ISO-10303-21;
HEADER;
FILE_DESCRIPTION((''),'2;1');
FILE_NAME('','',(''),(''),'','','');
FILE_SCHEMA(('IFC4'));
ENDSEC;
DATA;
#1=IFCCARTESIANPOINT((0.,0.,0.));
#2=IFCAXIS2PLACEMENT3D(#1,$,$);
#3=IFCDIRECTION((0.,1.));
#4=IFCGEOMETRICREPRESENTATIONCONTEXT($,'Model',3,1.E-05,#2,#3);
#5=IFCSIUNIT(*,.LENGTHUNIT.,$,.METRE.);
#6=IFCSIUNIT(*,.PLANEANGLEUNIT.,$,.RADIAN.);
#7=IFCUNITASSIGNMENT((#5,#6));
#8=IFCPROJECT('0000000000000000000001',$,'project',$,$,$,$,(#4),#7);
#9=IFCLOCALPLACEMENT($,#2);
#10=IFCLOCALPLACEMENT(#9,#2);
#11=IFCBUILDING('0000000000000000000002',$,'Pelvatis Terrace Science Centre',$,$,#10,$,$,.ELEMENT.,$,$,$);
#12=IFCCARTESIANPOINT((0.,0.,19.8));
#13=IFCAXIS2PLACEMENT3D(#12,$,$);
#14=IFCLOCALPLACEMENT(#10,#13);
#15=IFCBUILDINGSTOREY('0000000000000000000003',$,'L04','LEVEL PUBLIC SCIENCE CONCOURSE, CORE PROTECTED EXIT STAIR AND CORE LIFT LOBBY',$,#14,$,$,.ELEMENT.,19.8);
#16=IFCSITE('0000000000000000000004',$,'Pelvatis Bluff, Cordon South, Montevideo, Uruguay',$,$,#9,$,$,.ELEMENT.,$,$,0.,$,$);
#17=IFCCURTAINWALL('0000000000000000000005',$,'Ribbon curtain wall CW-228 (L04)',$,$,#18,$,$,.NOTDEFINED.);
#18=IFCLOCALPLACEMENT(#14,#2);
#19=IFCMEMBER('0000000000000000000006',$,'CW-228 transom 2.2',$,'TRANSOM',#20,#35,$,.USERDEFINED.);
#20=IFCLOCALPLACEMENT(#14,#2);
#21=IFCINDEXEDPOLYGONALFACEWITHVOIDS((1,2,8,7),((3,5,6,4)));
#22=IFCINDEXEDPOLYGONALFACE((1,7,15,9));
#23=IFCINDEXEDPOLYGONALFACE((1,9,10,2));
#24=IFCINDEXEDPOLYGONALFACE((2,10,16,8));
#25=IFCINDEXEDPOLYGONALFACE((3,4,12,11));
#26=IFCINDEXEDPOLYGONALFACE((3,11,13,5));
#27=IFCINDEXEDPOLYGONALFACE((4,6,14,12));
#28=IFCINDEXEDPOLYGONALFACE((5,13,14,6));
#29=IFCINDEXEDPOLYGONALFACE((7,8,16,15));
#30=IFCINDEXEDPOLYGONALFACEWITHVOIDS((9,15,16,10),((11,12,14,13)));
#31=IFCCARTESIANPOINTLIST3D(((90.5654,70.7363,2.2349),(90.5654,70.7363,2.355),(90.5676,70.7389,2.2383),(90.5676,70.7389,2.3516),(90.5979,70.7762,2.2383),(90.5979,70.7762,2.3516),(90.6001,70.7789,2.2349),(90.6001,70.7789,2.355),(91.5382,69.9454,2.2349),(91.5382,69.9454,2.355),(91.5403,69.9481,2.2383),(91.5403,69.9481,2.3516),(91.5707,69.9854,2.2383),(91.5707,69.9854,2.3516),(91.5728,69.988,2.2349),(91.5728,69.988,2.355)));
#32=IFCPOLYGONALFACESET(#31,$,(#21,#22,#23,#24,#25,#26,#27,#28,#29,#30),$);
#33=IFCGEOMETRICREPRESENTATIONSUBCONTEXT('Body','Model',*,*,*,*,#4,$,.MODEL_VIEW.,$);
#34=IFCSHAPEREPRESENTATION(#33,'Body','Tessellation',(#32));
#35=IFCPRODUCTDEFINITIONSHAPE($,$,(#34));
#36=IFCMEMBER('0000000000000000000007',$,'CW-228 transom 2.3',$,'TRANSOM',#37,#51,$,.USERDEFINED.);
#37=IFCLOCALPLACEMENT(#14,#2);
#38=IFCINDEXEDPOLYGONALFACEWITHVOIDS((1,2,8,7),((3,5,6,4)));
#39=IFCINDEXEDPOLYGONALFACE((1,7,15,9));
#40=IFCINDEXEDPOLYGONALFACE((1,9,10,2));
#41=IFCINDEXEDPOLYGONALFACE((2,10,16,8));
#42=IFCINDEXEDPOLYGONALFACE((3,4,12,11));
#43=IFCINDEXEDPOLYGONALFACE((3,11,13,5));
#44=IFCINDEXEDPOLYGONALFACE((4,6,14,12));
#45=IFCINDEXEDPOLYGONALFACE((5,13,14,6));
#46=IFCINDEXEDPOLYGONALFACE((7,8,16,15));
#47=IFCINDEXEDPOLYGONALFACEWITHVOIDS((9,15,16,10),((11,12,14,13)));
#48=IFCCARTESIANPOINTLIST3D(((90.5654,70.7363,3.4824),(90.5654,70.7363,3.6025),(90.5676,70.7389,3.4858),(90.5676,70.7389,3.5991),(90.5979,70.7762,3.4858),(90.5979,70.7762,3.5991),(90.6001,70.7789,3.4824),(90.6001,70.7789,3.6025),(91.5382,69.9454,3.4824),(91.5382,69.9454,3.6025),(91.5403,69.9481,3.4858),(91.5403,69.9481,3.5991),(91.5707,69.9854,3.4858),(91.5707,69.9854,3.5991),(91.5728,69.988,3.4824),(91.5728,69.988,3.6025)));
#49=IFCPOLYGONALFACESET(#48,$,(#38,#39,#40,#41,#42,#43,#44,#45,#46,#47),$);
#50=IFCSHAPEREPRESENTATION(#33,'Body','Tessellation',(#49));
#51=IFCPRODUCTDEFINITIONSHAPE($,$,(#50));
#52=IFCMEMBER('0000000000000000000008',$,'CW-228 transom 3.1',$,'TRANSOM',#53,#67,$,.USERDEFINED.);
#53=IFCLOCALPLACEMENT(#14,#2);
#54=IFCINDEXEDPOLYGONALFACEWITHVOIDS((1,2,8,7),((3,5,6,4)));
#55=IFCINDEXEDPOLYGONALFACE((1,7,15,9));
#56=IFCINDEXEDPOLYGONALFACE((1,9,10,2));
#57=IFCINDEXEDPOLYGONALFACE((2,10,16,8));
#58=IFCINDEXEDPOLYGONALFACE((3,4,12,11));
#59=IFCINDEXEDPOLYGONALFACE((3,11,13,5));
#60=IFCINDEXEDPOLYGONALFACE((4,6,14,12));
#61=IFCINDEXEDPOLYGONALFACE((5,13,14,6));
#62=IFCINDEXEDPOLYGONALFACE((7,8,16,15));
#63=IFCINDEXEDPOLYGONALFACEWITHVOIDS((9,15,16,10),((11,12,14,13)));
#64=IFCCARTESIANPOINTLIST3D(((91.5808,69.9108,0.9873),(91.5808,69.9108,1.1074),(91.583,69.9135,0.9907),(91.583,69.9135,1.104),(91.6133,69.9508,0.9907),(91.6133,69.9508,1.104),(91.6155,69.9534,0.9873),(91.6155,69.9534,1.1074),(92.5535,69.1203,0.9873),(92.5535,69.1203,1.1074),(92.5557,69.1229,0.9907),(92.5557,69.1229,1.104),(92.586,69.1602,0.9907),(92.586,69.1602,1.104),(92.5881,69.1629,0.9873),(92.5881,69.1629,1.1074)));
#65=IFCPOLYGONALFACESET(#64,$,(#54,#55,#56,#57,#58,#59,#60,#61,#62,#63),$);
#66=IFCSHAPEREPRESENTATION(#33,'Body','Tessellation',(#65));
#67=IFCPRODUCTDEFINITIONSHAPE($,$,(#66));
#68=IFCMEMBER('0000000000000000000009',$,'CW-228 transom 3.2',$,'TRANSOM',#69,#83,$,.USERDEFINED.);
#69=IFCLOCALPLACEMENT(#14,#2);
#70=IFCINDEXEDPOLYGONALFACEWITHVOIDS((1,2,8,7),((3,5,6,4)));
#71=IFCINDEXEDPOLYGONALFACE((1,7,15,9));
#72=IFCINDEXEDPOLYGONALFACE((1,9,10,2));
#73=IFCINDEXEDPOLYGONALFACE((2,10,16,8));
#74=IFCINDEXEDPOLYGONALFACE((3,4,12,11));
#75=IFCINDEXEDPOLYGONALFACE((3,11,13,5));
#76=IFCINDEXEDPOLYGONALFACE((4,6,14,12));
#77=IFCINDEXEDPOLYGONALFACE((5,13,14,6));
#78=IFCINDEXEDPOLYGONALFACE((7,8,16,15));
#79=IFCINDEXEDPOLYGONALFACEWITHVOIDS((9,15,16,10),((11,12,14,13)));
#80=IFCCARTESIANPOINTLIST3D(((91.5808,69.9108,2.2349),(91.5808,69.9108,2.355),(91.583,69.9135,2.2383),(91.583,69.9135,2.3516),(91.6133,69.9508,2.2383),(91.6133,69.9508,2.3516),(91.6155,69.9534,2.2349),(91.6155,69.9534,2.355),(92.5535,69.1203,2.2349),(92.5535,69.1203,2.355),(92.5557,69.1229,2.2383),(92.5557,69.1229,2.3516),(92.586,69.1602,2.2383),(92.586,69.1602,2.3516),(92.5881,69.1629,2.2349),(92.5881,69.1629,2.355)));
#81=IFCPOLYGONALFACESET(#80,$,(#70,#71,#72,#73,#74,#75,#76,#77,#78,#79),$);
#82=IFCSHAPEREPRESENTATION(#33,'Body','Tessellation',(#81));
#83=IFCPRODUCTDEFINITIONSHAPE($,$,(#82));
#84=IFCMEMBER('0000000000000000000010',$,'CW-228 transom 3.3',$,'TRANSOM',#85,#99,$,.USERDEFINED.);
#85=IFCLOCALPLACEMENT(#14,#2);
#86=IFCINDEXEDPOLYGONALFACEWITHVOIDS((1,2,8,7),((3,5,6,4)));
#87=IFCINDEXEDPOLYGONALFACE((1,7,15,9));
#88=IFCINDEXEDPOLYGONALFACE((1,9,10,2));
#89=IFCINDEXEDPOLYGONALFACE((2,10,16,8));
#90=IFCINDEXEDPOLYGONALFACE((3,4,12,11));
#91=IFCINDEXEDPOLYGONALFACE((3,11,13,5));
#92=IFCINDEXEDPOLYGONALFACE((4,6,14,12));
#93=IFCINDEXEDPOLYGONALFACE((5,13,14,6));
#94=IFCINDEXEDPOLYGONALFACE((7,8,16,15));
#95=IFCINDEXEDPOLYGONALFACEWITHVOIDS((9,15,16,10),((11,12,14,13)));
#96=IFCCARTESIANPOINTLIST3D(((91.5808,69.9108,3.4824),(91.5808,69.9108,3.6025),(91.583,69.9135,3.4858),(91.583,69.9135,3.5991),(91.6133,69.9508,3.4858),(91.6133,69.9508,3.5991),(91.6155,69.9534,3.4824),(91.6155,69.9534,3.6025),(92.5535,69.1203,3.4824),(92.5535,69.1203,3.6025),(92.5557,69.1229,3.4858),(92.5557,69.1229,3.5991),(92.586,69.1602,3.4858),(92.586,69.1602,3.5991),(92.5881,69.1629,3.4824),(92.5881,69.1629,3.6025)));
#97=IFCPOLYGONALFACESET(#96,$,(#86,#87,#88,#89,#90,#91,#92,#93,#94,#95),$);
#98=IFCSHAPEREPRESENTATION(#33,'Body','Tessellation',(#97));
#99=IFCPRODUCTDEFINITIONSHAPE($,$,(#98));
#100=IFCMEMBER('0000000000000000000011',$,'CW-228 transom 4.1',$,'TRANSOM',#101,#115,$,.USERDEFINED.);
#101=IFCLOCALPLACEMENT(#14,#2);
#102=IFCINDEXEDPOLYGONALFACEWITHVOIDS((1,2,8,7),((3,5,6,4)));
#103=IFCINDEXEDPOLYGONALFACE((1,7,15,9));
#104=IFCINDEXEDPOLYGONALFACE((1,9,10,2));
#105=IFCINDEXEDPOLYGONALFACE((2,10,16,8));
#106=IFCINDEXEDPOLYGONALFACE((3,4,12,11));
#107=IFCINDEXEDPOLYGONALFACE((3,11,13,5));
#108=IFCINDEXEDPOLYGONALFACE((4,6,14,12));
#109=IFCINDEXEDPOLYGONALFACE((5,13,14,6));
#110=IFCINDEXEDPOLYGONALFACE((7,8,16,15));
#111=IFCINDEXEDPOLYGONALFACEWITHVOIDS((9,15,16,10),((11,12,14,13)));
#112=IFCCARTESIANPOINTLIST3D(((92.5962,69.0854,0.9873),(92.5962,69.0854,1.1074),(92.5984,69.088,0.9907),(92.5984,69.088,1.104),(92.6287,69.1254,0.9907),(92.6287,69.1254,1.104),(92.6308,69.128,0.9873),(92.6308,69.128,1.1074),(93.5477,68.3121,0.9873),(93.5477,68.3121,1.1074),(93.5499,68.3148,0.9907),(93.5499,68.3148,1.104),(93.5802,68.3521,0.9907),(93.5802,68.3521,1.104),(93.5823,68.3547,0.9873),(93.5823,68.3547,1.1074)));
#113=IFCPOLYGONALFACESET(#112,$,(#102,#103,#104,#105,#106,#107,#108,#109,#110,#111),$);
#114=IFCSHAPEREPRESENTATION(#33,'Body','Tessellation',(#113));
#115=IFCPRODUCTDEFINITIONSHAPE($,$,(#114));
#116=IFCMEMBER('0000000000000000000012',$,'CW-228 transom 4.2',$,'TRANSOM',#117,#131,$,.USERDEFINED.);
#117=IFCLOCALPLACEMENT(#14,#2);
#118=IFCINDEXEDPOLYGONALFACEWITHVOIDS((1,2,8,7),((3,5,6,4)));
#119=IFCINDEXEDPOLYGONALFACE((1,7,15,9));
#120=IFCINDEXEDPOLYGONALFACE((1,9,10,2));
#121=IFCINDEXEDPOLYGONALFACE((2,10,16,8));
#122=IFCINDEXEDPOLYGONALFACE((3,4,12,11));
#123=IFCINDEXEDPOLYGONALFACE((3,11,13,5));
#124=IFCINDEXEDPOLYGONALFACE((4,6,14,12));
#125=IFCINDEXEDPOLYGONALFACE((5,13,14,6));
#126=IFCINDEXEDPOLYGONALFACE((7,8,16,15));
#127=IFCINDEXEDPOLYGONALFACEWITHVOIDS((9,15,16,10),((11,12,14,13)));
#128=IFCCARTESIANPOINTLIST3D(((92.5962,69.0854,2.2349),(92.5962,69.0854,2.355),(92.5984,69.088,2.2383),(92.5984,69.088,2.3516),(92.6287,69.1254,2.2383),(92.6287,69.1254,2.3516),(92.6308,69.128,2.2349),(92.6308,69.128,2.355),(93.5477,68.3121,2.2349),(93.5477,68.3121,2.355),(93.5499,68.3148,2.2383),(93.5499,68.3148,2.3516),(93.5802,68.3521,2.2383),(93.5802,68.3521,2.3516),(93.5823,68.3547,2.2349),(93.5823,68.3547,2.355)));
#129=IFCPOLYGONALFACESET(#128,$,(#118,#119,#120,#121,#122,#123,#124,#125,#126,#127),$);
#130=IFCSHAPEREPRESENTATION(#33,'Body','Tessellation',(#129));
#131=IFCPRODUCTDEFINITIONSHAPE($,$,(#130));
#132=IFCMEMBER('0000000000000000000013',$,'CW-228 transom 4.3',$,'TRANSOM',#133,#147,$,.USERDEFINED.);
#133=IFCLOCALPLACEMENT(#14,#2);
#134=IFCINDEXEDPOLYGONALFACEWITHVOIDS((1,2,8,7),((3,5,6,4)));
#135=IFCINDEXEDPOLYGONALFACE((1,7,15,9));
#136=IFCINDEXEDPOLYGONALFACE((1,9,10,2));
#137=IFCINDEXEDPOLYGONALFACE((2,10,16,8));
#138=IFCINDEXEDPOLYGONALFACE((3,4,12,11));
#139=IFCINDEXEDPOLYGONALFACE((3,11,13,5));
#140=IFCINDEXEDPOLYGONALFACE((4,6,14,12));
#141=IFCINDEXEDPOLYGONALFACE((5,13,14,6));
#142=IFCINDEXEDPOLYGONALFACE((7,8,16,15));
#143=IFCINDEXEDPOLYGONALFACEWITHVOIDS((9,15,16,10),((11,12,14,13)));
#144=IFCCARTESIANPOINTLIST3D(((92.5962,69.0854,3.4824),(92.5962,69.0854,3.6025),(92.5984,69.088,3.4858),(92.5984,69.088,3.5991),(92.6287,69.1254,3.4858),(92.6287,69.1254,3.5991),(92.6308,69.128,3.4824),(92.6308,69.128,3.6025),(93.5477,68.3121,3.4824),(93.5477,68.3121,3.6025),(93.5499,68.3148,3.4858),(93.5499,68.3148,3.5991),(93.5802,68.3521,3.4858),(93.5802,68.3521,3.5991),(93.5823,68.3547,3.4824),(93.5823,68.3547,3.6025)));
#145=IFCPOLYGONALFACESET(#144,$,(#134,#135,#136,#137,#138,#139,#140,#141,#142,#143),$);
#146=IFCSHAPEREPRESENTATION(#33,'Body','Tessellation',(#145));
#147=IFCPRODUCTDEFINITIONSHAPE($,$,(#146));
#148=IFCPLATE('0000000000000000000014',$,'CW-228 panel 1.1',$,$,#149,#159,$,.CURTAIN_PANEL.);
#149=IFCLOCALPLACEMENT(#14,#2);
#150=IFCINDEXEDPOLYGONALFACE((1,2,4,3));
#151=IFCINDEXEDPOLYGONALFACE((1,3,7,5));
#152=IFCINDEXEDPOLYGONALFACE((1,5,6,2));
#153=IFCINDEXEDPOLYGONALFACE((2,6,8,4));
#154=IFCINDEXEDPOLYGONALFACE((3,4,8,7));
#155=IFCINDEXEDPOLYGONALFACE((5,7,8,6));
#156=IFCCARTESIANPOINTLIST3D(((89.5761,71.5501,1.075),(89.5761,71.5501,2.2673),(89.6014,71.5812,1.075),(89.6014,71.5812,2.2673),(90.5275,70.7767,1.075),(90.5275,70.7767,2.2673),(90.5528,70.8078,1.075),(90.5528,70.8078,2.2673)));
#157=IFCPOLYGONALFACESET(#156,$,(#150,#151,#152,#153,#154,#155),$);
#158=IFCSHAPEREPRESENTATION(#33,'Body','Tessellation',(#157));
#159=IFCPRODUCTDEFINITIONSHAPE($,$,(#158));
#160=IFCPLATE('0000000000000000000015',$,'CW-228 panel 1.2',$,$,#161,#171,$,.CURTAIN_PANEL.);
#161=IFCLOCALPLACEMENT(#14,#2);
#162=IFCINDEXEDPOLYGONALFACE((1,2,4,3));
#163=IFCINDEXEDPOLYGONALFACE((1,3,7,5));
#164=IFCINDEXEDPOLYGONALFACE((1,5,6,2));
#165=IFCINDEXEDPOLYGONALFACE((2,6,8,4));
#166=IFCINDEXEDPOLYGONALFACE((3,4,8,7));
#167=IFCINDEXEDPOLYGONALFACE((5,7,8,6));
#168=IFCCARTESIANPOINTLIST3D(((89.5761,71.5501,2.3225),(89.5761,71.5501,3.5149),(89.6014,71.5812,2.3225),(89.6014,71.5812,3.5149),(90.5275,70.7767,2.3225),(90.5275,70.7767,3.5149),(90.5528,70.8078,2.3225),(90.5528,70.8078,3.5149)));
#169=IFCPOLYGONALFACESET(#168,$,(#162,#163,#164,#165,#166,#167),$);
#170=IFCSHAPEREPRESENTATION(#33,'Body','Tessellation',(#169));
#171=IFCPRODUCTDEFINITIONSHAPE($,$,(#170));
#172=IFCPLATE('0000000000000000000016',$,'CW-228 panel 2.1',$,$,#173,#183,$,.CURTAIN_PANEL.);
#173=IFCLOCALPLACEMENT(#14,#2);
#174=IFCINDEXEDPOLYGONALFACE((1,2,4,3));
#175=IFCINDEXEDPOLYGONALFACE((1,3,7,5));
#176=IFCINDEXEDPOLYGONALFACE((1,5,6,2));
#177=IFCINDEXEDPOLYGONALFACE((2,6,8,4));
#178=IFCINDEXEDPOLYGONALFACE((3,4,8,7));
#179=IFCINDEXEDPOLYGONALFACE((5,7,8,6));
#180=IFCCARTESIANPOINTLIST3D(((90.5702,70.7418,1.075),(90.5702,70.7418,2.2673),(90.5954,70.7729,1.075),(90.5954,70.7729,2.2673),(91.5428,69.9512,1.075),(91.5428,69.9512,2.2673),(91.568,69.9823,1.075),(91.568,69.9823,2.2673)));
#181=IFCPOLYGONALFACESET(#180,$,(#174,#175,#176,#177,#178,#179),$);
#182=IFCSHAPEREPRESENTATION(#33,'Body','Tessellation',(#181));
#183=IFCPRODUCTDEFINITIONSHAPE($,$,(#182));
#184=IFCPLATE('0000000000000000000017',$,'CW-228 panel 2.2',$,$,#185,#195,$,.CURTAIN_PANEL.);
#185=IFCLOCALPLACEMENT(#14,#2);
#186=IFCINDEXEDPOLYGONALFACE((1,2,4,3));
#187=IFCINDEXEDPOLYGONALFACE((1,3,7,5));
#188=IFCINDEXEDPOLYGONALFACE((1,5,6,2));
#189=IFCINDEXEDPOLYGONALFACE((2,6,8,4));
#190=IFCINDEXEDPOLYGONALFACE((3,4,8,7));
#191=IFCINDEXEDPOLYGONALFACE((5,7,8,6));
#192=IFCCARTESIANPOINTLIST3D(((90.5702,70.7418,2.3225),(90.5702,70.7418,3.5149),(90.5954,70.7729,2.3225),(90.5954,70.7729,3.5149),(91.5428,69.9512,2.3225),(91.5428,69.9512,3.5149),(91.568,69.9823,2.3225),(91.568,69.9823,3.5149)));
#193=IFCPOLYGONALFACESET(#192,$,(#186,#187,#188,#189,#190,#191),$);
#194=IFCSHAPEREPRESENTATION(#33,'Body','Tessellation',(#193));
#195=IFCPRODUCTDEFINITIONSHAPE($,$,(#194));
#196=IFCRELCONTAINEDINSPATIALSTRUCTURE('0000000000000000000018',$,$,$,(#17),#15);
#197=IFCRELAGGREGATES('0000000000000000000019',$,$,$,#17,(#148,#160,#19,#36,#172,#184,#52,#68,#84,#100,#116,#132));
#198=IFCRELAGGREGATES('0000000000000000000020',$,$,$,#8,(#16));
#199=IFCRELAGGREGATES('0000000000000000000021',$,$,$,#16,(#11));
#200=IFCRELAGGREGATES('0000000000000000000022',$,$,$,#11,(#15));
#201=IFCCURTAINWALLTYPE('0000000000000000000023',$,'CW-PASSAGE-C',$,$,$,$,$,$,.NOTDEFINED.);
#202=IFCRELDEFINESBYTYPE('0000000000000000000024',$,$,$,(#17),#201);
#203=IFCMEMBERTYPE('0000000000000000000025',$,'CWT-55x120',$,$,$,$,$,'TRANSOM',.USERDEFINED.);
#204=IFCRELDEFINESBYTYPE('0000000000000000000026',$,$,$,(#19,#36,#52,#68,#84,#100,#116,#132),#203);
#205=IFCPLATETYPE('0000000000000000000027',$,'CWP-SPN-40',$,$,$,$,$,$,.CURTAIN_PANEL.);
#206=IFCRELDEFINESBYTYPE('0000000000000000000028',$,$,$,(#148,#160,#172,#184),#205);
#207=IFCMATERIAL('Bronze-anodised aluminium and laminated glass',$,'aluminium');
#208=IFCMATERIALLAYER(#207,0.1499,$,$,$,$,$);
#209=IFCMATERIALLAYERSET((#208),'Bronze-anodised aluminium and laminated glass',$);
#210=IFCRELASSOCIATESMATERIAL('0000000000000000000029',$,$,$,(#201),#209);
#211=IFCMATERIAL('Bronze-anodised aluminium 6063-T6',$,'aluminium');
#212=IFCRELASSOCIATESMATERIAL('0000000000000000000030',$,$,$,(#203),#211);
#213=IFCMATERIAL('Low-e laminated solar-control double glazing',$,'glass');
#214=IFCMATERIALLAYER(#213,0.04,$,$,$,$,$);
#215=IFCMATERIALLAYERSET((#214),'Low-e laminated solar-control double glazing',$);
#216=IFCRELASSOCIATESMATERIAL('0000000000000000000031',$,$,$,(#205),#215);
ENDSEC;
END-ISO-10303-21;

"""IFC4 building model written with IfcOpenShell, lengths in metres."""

from ifc_helpers import new_model, si_unit, direction, frame, origin, origin_2d, place, context, subcontext, project, spatial, rectangle, hollow_rectangle, extrude, material, layer, layer_set, material_profile, profile_set, type_object, element, aggregate, save


model = new_model("IFC4")

# Units and contexts
model_context = context("Model", 3, precision=1e-05, world=origin(), true_north=direction((0.0, 1.0)))
body_context = subcontext(model_context, "Body", "Model", "MODEL_VIEW")
ifc_project = project(units=[si_unit("LENGTHUNIT", "METRE"), si_unit("PLANEANGLEUNIT", "RADIAN")], contexts=[model_context])

# Site, building, storey
site_placement = place(None, origin())
site = spatial("IfcSite", under=ifc_project, at=site_placement, Name="Pelvatis Bluff, Cordon South, Montevideo, Uruguay", CompositionType="ELEMENT", RefElevation=0.0)
building_placement = place(site_placement, origin())
building = spatial("IfcBuilding", under=site, at=building_placement, Name="Pelvatis Terrace Science Centre", CompositionType="ELEMENT")
storey_placement = place(building_placement, frame((0.0, 0.0, 19.8)))
storey = spatial("IfcBuildingStorey", under=building, at=storey_placement, Name="L04", Description="LEVEL PUBLIC SCIENCE CONCOURSE, CORE PROTECTED EXIT STAIR AND CORE LIFT LOBBY", CompositionType="ELEMENT", Elevation=19.8)

# Curtain wall, members, plates
ifc_material_1 = material(Name="Bronze-anodised aluminium and laminated glass", Category="aluminium")
ifc_layer_1 = layer(ifc_material_1, 0.1499)
ifc_layer_set_1 = layer_set([ifc_layer_1], Name="Bronze-anodised aluminium and laminated glass")
curtain_wall_type = type_object("IfcCurtainWallType", Name="CW-PASSAGE-C", PredefinedType="NOTDEFINED", material=ifc_layer_set_1)
curtain_wall_placement = place(storey_placement, origin())
curtain_wall = element("IfcCurtainWall", 1, at=curtain_wall_placement, inside=storey, type_object=curtain_wall_type, Name="Ribbon curtain wall CW-228 (L04)", PredefinedType="NOTDEFINED")
ifc_material_2 = material(Name="Bronze-anodised aluminium 6063-T6", Category="aluminium")
ifc_material_profile_1 = material_profile(ifc_material_2, hollow_rectangle(XDim=0.0549, YDim=0.1201, WallThickness=0.0034, at=origin_2d()), Name="ALU-TRN 55x120")
ifc_profile_set_1 = profile_set([ifc_material_profile_1], Name="Bronze-anodised aluminium 6063-T6")
member_type_1 = type_object("IfcMemberType", Name="CWT-55x120", ElementType="TRANSOM", PredefinedType="USERDEFINED", material=ifc_profile_set_1)
member_1_placement = place(storey_placement, frame((90.5828, 70.7576, 2.2949), z_axis=(0.775923, -0.630827, 0.0), x_axis=(0.630827, 0.775923, 0.0)))
member_1 = element("IfcMember", 2, at=member_1_placement, type_object=member_type_1, Name="CW-228 transom 2.2", ObjectType="TRANSOM", PredefinedType="USERDEFINED", context=body_context, shape_type="SweptSolid", body=[
    extrude(hollow_rectangle(XDim=0.0549, YDim=0.1201, WallThickness=0.0034, at=origin_2d()), origin(), (0.0, 0.0, 1.0), 1.2537),
])
member_2_placement = place(storey_placement, frame((90.5828, 70.7576, 3.5425), z_axis=(0.775923, -0.630827, 0.0), x_axis=(0.630827, 0.775923, 0.0)))
member_2 = element("IfcMember", 3, at=member_2_placement, type_object=member_type_1, Name="CW-228 transom 2.3", ObjectType="TRANSOM", PredefinedType="USERDEFINED", context=body_context, shape_type="SweptSolid", body=[
    extrude(hollow_rectangle(XDim=0.0549, YDim=0.1201, WallThickness=0.0034, at=origin_2d()), origin(), (0.0, 0.0, 1.0), 1.2537),
])
member_3_placement = place(storey_placement, frame((91.5981, 69.9321, 1.0474), z_axis=(0.776019, -0.63071, 0.0), x_axis=(0.63071, 0.776019, 0.0)))
member_3 = element("IfcMember", 4, at=member_3_placement, type_object=member_type_1, Name="CW-228 transom 3.1", ObjectType="TRANSOM", PredefinedType="USERDEFINED", context=body_context, shape_type="SweptSolid", body=[
    extrude(hollow_rectangle(XDim=0.0549, YDim=0.1201, WallThickness=0.0034, at=origin_2d()), origin(), (0.0, 0.0, 1.0), 1.2534),
])
member_4_placement = place(storey_placement, frame((91.5981, 69.9321, 2.2949), z_axis=(0.776019, -0.63071, 0.0), x_axis=(0.63071, 0.776019, 0.0)))
member_4 = element("IfcMember", 5, at=member_4_placement, type_object=member_type_1, Name="CW-228 transom 3.2", ObjectType="TRANSOM", PredefinedType="USERDEFINED", context=body_context, shape_type="SweptSolid", body=[
    extrude(hollow_rectangle(XDim=0.0549, YDim=0.1201, WallThickness=0.0034, at=origin_2d()), origin(), (0.0, 0.0, 1.0), 1.2534),
])
member_5_placement = place(storey_placement, frame((91.5981, 69.9321, 3.5425), z_axis=(0.776019, -0.63071, 0.0), x_axis=(0.63071, 0.776019, 0.0)))
member_5 = element("IfcMember", 6, at=member_5_placement, type_object=member_type_1, Name="CW-228 transom 3.3", ObjectType="TRANSOM", PredefinedType="USERDEFINED", context=body_context, shape_type="SweptSolid", body=[
    extrude(hollow_rectangle(XDim=0.0549, YDim=0.1201, WallThickness=0.0034, at=origin_2d()), origin(), (0.0, 0.0, 1.0), 1.2534),
])
member_6_placement = place(storey_placement, frame((92.6135, 69.1067, 1.0474), z_axis=(0.776047, -0.630675, 0.0), x_axis=(0.630675, 0.776047, 0.0)))
member_6 = element("IfcMember", 7, at=member_6_placement, type_object=member_type_1, Name="CW-228 transom 4.1", ObjectType="TRANSOM", PredefinedType="USERDEFINED", context=body_context, shape_type="SweptSolid", body=[
    extrude(hollow_rectangle(XDim=0.0549, YDim=0.1201, WallThickness=0.0034, at=origin_2d()), origin(), (0.0, 0.0, 1.0), 1.2261),
])
member_7_placement = place(storey_placement, frame((92.6135, 69.1067, 2.2949), z_axis=(0.776047, -0.630675, 0.0), x_axis=(0.630675, 0.776047, 0.0)))
member_7 = element("IfcMember", 8, at=member_7_placement, type_object=member_type_1, Name="CW-228 transom 4.2", ObjectType="TRANSOM", PredefinedType="USERDEFINED", context=body_context, shape_type="SweptSolid", body=[
    extrude(hollow_rectangle(XDim=0.0549, YDim=0.1201, WallThickness=0.0034, at=origin_2d()), origin(), (0.0, 0.0, 1.0), 1.2261),
])
member_8_placement = place(storey_placement, frame((92.6135, 69.1067, 3.5425), z_axis=(0.776047, -0.630675, 0.0), x_axis=(0.630675, 0.776047, 0.0)))
member_8 = element("IfcMember", 9, at=member_8_placement, type_object=member_type_1, Name="CW-228 transom 4.3", ObjectType="TRANSOM", PredefinedType="USERDEFINED", context=body_context, shape_type="SweptSolid", body=[
    extrude(hollow_rectangle(XDim=0.0549, YDim=0.1201, WallThickness=0.0034, at=origin_2d()), origin(), (0.0, 0.0, 1.0), 1.2261),
])
ifc_material_3 = material(Name="Low-e laminated solar-control double glazing", Category="glass")
ifc_layer_2 = layer(ifc_material_3, 0.04)
ifc_layer_set_2 = layer_set([ifc_layer_2], Name="Low-e laminated solar-control double glazing")
plate_type = type_object("IfcPlateType", Name="CWP-SPN-40", PredefinedType="CURTAIN_PANEL", material=ifc_layer_set_2)
plate_1_placement = place(storey_placement, frame((90.0645, 71.179, 1.075), z_axis=(0.0, 0.0, 1.0), x_axis=(0.77598, -0.630757, 0.0)))
plate_1 = element("IfcPlate", 10, at=plate_1_placement, type_object=plate_type, Name="CW-228 panel 1.1", PredefinedType="CURTAIN_PANEL", context=body_context, shape_type="SweptSolid", body=[
    extrude(rectangle(XDim=1.2261, YDim=0.04, at=origin_2d()), origin(), (0.0, 0.0, 1.0), 1.1924),
])
plate_2_placement = place(storey_placement, frame((90.0645, 71.179, 2.3225), z_axis=(0.0, 0.0, 1.0), x_axis=(0.77598, -0.630757, 0.0)))
plate_2 = element("IfcPlate", 11, at=plate_2_placement, type_object=plate_type, Name="CW-228 panel 1.2", PredefinedType="CURTAIN_PANEL", context=body_context, shape_type="SweptSolid", body=[
    extrude(rectangle(XDim=1.2261, YDim=0.04, at=origin_2d()), origin(), (0.0, 0.0, 1.0), 1.1924),
])
plate_3_placement = place(storey_placement, frame((91.0691, 70.3621, 1.075), z_axis=(0.0, 0.0, 1.0), x_axis=(0.77598, -0.630757, 0.0)))
plate_3 = element("IfcPlate", 12, at=plate_3_placement, type_object=plate_type, Name="CW-228 panel 2.1", PredefinedType="CURTAIN_PANEL", context=body_context, shape_type="SweptSolid", body=[
    extrude(rectangle(XDim=1.2534, YDim=0.04, at=origin_2d()), origin(), (0.0, 0.0, 1.0), 1.1924),
])
plate_4_placement = place(storey_placement, frame((91.0691, 70.3621, 2.3225), z_axis=(0.0, 0.0, 1.0), x_axis=(0.77598, -0.630757, 0.0)))
plate_4 = element("IfcPlate", 13, at=plate_4_placement, type_object=plate_type, Name="CW-228 panel 2.2", PredefinedType="CURTAIN_PANEL", context=body_context, shape_type="SweptSolid", body=[
    extrude(rectangle(XDim=1.2534, YDim=0.04, at=origin_2d()), origin(), (0.0, 0.0, 1.0), 1.1924),
])
aggregate(curtain_wall, [plate_1, plate_2, member_1, member_2, plate_3, plate_4, member_3, member_4, member_5, member_6, member_7, member_8])

save(model, "model.ifc")
